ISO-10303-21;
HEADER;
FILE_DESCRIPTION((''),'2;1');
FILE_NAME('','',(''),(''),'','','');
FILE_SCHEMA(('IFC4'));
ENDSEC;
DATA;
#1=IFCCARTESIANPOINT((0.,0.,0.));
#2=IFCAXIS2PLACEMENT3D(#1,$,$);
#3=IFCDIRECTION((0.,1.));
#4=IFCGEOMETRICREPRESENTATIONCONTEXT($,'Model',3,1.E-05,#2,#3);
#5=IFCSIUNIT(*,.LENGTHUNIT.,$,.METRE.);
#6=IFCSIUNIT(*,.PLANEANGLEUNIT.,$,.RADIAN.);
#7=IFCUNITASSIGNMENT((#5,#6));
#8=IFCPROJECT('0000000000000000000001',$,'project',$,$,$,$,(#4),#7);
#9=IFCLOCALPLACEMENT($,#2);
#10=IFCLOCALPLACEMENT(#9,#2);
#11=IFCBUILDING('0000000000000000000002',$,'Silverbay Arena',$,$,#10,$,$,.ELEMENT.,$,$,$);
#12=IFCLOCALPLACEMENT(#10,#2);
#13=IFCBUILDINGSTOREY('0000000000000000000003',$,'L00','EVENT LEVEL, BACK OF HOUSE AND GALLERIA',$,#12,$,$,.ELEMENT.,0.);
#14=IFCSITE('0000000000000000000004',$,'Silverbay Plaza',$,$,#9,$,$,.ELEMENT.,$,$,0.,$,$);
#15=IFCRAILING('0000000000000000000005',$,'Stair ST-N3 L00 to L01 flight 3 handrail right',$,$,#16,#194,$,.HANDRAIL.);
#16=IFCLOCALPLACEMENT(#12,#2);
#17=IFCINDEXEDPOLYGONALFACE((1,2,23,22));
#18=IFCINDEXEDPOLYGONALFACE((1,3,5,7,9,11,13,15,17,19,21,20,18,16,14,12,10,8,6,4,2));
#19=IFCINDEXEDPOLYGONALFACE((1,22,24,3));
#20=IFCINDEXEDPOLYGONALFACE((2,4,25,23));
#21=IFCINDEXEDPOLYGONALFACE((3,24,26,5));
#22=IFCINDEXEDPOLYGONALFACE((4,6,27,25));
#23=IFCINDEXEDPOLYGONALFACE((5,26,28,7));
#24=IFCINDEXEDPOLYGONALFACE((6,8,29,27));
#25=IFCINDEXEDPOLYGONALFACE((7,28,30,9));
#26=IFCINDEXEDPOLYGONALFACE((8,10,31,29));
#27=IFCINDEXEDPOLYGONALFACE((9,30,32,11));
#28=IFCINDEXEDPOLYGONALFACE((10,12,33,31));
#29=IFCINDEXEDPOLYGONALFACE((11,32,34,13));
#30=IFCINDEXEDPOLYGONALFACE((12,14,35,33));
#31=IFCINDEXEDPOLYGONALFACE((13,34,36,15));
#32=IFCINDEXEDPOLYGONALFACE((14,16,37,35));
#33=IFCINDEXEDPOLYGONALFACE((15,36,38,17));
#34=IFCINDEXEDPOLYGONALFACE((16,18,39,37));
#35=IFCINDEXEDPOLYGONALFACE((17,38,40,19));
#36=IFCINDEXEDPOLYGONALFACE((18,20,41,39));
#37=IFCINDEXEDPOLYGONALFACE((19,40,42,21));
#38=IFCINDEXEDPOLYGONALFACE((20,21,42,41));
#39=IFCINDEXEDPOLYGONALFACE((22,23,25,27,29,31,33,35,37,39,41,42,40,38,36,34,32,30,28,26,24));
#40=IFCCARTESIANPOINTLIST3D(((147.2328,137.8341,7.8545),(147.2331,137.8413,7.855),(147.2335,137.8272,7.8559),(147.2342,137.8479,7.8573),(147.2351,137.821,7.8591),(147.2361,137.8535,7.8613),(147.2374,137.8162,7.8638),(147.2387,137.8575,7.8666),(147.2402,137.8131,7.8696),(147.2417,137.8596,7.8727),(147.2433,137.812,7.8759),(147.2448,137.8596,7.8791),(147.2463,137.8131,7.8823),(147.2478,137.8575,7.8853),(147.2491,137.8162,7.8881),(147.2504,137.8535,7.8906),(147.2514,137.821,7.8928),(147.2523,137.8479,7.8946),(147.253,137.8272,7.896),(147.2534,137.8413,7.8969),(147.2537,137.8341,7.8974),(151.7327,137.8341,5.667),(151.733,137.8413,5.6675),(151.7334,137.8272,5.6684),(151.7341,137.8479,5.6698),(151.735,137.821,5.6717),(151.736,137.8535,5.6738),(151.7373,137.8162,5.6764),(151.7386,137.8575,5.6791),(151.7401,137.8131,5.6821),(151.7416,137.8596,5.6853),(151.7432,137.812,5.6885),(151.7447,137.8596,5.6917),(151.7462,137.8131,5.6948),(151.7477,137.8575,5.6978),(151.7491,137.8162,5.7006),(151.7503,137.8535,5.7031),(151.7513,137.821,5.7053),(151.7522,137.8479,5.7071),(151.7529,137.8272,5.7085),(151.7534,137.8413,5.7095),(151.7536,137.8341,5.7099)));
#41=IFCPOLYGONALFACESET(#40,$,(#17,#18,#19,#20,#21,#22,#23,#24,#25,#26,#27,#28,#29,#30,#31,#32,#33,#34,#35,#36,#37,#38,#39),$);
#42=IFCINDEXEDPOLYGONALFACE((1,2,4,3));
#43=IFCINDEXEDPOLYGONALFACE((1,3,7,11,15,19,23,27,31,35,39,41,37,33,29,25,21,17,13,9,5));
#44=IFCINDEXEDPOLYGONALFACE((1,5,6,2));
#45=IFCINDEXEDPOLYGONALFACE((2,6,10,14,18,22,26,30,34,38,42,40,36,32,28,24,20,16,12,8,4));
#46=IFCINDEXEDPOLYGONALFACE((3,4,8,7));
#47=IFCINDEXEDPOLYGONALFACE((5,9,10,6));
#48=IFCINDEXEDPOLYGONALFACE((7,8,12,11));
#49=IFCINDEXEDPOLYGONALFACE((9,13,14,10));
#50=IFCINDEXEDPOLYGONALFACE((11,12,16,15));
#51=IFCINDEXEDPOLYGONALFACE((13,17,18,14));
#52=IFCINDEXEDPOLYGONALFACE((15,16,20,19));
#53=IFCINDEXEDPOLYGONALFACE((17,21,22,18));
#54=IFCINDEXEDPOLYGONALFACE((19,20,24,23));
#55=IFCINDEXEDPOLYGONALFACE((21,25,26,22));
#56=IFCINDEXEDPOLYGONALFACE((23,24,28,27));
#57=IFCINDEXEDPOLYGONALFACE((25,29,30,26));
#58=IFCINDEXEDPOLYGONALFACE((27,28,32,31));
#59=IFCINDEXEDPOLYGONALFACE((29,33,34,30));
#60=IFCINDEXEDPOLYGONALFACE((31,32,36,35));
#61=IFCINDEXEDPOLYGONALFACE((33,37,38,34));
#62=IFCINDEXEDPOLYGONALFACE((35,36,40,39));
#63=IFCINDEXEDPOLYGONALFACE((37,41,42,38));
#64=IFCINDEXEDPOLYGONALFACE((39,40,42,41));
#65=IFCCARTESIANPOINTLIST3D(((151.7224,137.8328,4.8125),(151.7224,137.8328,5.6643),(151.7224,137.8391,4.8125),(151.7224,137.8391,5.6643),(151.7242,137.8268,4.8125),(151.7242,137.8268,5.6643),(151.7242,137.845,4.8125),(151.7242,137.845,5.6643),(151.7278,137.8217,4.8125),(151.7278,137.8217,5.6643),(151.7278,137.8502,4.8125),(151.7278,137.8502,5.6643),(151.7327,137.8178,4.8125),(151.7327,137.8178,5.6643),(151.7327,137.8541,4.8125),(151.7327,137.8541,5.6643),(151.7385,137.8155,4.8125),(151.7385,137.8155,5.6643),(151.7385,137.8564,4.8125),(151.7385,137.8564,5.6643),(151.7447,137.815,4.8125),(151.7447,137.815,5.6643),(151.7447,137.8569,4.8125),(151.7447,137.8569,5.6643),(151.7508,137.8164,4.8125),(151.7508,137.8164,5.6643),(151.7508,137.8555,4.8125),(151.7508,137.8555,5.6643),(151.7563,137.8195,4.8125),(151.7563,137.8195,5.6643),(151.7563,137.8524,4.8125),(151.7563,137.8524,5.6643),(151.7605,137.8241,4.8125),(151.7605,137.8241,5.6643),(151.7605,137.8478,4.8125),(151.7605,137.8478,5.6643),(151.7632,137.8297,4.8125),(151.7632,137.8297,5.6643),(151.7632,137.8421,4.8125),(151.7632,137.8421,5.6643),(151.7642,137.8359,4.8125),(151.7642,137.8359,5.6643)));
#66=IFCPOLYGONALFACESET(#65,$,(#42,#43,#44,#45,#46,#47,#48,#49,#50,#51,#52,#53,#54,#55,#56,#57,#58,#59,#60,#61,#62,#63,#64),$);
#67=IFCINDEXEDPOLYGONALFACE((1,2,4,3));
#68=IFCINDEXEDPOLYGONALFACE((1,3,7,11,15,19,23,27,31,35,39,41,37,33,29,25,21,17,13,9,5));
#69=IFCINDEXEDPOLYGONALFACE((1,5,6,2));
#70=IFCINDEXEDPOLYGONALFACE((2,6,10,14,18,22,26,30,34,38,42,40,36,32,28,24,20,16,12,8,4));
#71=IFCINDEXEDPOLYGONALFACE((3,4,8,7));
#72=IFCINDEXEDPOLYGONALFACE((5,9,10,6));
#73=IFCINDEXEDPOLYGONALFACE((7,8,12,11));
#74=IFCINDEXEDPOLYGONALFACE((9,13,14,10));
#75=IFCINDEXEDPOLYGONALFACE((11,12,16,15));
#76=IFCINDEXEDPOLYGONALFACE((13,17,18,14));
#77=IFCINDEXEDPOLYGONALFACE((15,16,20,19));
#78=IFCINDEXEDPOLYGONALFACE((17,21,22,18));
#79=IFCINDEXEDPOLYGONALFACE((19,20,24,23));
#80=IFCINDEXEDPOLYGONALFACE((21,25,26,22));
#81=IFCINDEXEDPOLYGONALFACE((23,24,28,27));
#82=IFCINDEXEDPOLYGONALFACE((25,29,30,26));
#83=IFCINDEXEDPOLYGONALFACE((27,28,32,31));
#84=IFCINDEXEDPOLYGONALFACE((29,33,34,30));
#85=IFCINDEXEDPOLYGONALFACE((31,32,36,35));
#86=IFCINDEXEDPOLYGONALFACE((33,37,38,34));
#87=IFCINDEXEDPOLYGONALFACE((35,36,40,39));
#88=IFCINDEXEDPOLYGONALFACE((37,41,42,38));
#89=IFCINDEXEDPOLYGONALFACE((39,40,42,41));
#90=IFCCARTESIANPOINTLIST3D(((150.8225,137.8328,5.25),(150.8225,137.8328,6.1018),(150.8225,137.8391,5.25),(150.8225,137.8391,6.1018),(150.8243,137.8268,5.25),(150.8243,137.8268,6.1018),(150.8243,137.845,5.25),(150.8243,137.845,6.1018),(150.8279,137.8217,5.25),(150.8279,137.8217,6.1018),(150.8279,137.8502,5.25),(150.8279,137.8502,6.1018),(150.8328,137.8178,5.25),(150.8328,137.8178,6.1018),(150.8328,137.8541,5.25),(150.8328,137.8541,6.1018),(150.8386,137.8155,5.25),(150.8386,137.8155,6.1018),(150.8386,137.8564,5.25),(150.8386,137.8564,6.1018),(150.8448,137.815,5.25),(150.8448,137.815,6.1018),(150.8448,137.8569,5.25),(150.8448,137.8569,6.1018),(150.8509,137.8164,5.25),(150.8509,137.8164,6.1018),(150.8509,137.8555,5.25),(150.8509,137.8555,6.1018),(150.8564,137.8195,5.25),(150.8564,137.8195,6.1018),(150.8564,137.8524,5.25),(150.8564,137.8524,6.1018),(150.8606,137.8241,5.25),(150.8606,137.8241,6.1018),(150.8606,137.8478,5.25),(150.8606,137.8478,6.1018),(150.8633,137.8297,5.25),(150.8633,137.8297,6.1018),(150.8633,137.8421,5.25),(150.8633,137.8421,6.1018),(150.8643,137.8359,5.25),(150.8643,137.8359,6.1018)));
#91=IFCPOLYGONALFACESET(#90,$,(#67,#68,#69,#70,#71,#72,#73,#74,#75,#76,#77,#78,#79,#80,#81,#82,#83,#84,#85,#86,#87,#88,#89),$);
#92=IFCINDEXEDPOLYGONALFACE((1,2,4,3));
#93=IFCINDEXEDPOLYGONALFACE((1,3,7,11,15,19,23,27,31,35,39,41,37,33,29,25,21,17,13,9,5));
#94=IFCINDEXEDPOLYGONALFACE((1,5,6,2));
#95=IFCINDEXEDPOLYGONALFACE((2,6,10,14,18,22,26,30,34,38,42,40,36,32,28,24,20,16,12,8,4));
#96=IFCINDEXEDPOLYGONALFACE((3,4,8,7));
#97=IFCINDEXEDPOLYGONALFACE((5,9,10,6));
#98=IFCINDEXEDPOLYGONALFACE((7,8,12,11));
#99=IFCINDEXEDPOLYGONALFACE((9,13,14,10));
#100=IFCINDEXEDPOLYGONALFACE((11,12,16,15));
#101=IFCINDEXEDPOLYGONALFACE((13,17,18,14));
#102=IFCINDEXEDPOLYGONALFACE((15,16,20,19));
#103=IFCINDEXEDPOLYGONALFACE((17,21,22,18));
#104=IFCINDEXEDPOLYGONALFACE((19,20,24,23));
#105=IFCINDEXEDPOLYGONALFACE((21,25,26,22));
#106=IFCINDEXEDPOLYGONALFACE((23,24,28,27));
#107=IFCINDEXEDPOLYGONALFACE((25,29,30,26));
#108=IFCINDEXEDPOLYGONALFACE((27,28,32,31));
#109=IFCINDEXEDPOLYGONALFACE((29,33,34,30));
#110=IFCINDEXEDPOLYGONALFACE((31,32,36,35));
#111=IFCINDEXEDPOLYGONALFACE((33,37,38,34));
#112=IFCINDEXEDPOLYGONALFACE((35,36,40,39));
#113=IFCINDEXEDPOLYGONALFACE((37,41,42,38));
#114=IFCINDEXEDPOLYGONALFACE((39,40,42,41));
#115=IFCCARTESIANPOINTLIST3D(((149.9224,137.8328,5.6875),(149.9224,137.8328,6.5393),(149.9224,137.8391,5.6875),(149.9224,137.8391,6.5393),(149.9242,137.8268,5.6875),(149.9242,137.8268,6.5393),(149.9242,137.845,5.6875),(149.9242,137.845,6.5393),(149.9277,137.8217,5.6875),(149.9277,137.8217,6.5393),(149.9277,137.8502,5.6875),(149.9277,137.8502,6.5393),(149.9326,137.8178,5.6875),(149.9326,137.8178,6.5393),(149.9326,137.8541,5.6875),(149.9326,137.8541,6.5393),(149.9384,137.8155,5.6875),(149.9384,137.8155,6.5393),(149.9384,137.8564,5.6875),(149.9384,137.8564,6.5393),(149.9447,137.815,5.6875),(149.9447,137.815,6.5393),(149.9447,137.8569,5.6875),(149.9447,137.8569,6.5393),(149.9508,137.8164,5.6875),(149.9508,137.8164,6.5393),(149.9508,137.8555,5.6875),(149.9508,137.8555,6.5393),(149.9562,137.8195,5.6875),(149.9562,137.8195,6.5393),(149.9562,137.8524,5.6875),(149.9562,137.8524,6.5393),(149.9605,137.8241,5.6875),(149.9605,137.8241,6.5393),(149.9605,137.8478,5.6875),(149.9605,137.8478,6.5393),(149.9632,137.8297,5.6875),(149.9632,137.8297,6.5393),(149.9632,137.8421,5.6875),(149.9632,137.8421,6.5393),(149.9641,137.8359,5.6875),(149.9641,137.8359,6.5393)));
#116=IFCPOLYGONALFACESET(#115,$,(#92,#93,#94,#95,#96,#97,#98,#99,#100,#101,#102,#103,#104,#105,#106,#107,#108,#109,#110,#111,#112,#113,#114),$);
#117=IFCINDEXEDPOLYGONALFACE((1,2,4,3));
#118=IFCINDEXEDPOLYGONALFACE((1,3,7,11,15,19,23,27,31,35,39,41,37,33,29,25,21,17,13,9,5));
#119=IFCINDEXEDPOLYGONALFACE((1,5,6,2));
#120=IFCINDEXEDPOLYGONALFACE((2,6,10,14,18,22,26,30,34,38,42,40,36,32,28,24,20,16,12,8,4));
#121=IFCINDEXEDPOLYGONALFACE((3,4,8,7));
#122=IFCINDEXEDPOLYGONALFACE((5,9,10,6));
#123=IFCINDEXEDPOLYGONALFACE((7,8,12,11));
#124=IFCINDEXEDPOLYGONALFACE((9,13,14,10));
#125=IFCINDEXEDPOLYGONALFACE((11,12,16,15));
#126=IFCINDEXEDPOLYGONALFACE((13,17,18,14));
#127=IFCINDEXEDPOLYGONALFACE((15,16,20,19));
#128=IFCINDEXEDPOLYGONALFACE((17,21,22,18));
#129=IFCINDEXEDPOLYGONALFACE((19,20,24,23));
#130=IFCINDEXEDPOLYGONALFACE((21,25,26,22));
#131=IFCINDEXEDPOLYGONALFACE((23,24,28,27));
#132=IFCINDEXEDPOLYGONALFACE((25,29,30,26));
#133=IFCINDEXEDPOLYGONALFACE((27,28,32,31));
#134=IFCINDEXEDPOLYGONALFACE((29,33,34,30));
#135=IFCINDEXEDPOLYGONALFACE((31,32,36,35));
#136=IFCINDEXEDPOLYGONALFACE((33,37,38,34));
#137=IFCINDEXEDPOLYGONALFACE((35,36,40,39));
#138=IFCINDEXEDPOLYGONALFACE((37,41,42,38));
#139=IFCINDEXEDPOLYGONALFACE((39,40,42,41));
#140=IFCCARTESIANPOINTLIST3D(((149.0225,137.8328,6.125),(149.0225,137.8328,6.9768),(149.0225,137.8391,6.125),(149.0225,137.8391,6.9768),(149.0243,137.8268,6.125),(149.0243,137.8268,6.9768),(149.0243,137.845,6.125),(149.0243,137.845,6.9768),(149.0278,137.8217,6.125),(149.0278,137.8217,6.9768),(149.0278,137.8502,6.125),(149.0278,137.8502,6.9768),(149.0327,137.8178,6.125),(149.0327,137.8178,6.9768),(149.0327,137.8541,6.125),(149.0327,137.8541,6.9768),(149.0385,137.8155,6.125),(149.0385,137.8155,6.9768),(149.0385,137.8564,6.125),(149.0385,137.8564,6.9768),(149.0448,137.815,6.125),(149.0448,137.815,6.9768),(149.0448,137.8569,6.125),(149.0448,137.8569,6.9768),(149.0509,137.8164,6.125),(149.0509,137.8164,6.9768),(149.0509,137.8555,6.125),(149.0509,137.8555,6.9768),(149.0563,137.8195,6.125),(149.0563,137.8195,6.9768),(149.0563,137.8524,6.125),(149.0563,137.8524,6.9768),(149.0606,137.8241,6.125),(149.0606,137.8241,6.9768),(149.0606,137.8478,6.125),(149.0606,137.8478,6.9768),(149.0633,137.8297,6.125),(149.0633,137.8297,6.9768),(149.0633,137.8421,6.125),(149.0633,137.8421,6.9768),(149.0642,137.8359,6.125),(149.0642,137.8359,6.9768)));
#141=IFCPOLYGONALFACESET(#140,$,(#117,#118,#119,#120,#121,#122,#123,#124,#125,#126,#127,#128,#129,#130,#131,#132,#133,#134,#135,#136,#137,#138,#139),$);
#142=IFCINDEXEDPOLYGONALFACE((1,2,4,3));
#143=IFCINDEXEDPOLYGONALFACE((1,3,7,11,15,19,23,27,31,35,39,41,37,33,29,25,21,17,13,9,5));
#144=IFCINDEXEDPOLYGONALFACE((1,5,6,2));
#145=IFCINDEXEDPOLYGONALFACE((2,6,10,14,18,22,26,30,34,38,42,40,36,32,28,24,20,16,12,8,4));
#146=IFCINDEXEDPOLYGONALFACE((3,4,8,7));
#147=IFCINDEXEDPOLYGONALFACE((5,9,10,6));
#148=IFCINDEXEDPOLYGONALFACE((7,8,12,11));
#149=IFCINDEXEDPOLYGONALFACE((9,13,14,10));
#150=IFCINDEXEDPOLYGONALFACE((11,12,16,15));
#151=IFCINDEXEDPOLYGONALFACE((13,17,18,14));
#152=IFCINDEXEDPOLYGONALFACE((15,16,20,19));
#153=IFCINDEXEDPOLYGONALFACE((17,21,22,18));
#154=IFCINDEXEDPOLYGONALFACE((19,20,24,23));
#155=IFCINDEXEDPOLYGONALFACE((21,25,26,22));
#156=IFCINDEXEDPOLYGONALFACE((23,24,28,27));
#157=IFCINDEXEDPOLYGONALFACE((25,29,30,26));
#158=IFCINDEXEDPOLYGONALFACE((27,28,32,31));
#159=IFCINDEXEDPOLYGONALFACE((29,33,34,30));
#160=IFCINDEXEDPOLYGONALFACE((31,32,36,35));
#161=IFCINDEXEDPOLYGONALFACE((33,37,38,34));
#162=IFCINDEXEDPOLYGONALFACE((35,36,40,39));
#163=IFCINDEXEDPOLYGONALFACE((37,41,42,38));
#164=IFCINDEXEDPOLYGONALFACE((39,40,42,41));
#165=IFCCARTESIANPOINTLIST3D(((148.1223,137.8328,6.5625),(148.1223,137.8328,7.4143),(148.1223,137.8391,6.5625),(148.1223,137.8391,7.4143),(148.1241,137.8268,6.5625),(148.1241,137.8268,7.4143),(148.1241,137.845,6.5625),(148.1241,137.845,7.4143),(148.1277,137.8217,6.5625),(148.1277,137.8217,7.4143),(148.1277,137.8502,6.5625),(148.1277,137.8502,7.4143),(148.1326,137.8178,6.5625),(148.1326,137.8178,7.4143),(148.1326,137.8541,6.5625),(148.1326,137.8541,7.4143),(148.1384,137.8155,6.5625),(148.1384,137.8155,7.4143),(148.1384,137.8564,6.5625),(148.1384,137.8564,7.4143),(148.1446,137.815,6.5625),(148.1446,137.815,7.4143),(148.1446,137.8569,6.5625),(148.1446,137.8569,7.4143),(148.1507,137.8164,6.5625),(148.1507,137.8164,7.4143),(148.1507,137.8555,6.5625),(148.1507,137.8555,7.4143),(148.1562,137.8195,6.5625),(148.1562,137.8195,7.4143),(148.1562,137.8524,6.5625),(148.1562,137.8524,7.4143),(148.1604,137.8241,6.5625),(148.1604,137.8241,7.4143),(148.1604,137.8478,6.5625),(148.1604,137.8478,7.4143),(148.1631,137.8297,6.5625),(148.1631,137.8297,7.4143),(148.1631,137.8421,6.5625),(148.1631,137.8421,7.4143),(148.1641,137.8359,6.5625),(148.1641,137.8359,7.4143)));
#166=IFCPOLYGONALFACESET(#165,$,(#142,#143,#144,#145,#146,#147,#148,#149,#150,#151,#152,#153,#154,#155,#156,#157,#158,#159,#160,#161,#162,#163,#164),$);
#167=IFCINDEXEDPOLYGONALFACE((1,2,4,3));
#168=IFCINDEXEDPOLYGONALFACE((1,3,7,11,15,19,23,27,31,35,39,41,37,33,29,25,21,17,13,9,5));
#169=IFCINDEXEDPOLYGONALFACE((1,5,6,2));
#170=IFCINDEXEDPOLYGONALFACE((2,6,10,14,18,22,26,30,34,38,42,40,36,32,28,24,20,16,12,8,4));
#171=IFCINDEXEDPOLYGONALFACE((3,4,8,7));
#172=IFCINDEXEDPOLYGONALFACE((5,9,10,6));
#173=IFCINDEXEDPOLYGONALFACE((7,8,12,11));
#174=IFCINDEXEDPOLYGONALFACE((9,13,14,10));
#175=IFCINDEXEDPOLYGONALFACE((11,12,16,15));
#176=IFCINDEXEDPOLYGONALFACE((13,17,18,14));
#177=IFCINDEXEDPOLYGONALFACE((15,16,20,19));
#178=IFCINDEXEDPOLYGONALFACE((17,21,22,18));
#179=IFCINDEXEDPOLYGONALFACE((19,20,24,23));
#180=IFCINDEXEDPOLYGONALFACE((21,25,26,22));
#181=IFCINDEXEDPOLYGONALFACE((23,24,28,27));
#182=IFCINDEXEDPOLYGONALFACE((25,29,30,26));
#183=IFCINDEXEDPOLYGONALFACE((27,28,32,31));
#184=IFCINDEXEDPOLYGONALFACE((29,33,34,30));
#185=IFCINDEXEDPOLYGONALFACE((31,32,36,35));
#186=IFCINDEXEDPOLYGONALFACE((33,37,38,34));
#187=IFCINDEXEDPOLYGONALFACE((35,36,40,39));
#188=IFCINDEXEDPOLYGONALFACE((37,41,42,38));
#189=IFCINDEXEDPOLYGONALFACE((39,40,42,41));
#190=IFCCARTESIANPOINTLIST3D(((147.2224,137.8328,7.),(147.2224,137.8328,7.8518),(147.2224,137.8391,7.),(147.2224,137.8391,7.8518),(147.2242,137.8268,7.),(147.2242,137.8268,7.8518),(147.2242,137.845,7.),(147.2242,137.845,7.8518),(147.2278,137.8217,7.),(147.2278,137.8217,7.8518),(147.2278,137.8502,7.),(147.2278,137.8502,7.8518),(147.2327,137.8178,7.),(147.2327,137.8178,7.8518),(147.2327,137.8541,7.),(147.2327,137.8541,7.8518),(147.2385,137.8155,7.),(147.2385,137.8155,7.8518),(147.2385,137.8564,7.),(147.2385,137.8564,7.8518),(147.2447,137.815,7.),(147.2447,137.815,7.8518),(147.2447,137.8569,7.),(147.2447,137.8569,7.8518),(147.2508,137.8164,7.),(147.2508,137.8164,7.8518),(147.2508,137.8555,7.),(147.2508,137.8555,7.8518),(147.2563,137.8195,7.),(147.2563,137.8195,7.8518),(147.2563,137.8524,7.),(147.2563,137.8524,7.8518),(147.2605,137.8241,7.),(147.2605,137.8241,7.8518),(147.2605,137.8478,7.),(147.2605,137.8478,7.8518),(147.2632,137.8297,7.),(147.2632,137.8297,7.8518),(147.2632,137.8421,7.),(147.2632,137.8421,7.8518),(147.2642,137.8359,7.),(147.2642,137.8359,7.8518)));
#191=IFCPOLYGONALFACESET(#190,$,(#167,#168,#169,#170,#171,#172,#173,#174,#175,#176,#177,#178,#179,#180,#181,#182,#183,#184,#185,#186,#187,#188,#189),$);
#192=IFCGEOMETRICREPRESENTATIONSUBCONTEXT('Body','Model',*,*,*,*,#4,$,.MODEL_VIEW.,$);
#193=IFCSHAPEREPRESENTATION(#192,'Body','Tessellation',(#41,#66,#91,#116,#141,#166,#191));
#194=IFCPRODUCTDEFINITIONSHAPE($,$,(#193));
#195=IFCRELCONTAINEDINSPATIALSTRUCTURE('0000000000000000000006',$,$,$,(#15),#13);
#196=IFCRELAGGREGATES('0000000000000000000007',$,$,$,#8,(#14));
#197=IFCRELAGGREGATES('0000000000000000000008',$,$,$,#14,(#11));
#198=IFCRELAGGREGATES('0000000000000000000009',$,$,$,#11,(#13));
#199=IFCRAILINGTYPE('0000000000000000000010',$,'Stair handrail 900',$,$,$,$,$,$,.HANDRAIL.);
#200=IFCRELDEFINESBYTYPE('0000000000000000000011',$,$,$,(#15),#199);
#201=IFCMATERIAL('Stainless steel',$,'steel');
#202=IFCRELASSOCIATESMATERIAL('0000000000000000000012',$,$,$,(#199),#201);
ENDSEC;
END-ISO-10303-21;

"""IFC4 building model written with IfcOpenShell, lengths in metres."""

from ifc_helpers import new_model, si_unit, direction, frame, origin, origin_2d, place, context, subcontext, project, spatial, circle, extrude, material, type_object, element, save


model = new_model("IFC4")

# Units and contexts
model_context = context("Model", 3, precision=1e-05, world=origin(), true_north=direction((0.0, 1.0)))
body_context = subcontext(model_context, "Body", "Model", "MODEL_VIEW")
ifc_project = project(units=[si_unit("LENGTHUNIT", "METRE"), si_unit("PLANEANGLEUNIT", "RADIAN")], contexts=[model_context])

# Site, building, storey
site_placement = place(None, origin())
site = spatial("IfcSite", under=ifc_project, at=site_placement, Name="Silverbay Plaza", CompositionType="ELEMENT", RefElevation=0.0)
building_placement = place(site_placement, origin())
building = spatial("IfcBuilding", under=site, at=building_placement, Name="Silverbay Arena", CompositionType="ELEMENT")
storey_placement = place(building_placement, origin())
storey = spatial("IfcBuildingStorey", under=building, at=storey_placement, Name="L00", Description="EVENT LEVEL, BACK OF HOUSE AND GALLERIA", CompositionType="ELEMENT", Elevation=0.0)

# Railing
ifc_material_1 = material(Name="Stainless steel", Category="steel")
railing_type_1 = type_object("IfcRailingType", Name="Stair handrail 900", PredefinedType="HANDRAIL", material=ifc_material_1)
for number, where, name in (
    (1, (151.7432, 137.8359, 4.8125), "Stair ST-N3 L00 to L01 flight 3 handrail right"),
):
    element("IfcRailing", number, at=place(storey_placement, frame(where)), inside=storey, type_object=railing_type_1, Name=name, PredefinedType="HANDRAIL", context=body_context, shape_type="SweptSolid", body=[
        extrude(circle(Radius=0.0239, at=origin_2d()), frame((0.0, 0.0, 0.876), z_axis=(-0.899368, 0.0, 0.437193), x_axis=(0.0, -1.0, 0.0)), (0.0, 0.0, 1.0), 5.0034),
        extrude(circle(Radius=0.021, at=origin_2d()), origin(), (0.0, 0.0, 1.0), 0.8518),
        extrude(circle(Radius=0.021, at=origin_2d()), frame((-0.8999, 0.0, 0.4375)), (0.0, 0.0, 1.0), 0.8518),
        extrude(circle(Radius=0.021, at=origin_2d()), frame((-1.8, 0.0, 0.875)), (0.0, 0.0, 1.0), 0.8518),
        extrude(circle(Radius=0.021, at=origin_2d()), frame((-2.7, 0.0, 1.3125)), (0.0, 0.0, 1.0), 0.8518),
        extrude(circle(Radius=0.021, at=origin_2d()), frame((-3.6001, 0.0, 1.75)), (0.0, 0.0, 1.0), 0.8518),
        extrude(circle(Radius=0.021, at=origin_2d()), frame((-4.5, 0.0, 2.1875)), (0.0, 0.0, 1.0), 0.8518),
    ])

save(model, "model.ifc")
